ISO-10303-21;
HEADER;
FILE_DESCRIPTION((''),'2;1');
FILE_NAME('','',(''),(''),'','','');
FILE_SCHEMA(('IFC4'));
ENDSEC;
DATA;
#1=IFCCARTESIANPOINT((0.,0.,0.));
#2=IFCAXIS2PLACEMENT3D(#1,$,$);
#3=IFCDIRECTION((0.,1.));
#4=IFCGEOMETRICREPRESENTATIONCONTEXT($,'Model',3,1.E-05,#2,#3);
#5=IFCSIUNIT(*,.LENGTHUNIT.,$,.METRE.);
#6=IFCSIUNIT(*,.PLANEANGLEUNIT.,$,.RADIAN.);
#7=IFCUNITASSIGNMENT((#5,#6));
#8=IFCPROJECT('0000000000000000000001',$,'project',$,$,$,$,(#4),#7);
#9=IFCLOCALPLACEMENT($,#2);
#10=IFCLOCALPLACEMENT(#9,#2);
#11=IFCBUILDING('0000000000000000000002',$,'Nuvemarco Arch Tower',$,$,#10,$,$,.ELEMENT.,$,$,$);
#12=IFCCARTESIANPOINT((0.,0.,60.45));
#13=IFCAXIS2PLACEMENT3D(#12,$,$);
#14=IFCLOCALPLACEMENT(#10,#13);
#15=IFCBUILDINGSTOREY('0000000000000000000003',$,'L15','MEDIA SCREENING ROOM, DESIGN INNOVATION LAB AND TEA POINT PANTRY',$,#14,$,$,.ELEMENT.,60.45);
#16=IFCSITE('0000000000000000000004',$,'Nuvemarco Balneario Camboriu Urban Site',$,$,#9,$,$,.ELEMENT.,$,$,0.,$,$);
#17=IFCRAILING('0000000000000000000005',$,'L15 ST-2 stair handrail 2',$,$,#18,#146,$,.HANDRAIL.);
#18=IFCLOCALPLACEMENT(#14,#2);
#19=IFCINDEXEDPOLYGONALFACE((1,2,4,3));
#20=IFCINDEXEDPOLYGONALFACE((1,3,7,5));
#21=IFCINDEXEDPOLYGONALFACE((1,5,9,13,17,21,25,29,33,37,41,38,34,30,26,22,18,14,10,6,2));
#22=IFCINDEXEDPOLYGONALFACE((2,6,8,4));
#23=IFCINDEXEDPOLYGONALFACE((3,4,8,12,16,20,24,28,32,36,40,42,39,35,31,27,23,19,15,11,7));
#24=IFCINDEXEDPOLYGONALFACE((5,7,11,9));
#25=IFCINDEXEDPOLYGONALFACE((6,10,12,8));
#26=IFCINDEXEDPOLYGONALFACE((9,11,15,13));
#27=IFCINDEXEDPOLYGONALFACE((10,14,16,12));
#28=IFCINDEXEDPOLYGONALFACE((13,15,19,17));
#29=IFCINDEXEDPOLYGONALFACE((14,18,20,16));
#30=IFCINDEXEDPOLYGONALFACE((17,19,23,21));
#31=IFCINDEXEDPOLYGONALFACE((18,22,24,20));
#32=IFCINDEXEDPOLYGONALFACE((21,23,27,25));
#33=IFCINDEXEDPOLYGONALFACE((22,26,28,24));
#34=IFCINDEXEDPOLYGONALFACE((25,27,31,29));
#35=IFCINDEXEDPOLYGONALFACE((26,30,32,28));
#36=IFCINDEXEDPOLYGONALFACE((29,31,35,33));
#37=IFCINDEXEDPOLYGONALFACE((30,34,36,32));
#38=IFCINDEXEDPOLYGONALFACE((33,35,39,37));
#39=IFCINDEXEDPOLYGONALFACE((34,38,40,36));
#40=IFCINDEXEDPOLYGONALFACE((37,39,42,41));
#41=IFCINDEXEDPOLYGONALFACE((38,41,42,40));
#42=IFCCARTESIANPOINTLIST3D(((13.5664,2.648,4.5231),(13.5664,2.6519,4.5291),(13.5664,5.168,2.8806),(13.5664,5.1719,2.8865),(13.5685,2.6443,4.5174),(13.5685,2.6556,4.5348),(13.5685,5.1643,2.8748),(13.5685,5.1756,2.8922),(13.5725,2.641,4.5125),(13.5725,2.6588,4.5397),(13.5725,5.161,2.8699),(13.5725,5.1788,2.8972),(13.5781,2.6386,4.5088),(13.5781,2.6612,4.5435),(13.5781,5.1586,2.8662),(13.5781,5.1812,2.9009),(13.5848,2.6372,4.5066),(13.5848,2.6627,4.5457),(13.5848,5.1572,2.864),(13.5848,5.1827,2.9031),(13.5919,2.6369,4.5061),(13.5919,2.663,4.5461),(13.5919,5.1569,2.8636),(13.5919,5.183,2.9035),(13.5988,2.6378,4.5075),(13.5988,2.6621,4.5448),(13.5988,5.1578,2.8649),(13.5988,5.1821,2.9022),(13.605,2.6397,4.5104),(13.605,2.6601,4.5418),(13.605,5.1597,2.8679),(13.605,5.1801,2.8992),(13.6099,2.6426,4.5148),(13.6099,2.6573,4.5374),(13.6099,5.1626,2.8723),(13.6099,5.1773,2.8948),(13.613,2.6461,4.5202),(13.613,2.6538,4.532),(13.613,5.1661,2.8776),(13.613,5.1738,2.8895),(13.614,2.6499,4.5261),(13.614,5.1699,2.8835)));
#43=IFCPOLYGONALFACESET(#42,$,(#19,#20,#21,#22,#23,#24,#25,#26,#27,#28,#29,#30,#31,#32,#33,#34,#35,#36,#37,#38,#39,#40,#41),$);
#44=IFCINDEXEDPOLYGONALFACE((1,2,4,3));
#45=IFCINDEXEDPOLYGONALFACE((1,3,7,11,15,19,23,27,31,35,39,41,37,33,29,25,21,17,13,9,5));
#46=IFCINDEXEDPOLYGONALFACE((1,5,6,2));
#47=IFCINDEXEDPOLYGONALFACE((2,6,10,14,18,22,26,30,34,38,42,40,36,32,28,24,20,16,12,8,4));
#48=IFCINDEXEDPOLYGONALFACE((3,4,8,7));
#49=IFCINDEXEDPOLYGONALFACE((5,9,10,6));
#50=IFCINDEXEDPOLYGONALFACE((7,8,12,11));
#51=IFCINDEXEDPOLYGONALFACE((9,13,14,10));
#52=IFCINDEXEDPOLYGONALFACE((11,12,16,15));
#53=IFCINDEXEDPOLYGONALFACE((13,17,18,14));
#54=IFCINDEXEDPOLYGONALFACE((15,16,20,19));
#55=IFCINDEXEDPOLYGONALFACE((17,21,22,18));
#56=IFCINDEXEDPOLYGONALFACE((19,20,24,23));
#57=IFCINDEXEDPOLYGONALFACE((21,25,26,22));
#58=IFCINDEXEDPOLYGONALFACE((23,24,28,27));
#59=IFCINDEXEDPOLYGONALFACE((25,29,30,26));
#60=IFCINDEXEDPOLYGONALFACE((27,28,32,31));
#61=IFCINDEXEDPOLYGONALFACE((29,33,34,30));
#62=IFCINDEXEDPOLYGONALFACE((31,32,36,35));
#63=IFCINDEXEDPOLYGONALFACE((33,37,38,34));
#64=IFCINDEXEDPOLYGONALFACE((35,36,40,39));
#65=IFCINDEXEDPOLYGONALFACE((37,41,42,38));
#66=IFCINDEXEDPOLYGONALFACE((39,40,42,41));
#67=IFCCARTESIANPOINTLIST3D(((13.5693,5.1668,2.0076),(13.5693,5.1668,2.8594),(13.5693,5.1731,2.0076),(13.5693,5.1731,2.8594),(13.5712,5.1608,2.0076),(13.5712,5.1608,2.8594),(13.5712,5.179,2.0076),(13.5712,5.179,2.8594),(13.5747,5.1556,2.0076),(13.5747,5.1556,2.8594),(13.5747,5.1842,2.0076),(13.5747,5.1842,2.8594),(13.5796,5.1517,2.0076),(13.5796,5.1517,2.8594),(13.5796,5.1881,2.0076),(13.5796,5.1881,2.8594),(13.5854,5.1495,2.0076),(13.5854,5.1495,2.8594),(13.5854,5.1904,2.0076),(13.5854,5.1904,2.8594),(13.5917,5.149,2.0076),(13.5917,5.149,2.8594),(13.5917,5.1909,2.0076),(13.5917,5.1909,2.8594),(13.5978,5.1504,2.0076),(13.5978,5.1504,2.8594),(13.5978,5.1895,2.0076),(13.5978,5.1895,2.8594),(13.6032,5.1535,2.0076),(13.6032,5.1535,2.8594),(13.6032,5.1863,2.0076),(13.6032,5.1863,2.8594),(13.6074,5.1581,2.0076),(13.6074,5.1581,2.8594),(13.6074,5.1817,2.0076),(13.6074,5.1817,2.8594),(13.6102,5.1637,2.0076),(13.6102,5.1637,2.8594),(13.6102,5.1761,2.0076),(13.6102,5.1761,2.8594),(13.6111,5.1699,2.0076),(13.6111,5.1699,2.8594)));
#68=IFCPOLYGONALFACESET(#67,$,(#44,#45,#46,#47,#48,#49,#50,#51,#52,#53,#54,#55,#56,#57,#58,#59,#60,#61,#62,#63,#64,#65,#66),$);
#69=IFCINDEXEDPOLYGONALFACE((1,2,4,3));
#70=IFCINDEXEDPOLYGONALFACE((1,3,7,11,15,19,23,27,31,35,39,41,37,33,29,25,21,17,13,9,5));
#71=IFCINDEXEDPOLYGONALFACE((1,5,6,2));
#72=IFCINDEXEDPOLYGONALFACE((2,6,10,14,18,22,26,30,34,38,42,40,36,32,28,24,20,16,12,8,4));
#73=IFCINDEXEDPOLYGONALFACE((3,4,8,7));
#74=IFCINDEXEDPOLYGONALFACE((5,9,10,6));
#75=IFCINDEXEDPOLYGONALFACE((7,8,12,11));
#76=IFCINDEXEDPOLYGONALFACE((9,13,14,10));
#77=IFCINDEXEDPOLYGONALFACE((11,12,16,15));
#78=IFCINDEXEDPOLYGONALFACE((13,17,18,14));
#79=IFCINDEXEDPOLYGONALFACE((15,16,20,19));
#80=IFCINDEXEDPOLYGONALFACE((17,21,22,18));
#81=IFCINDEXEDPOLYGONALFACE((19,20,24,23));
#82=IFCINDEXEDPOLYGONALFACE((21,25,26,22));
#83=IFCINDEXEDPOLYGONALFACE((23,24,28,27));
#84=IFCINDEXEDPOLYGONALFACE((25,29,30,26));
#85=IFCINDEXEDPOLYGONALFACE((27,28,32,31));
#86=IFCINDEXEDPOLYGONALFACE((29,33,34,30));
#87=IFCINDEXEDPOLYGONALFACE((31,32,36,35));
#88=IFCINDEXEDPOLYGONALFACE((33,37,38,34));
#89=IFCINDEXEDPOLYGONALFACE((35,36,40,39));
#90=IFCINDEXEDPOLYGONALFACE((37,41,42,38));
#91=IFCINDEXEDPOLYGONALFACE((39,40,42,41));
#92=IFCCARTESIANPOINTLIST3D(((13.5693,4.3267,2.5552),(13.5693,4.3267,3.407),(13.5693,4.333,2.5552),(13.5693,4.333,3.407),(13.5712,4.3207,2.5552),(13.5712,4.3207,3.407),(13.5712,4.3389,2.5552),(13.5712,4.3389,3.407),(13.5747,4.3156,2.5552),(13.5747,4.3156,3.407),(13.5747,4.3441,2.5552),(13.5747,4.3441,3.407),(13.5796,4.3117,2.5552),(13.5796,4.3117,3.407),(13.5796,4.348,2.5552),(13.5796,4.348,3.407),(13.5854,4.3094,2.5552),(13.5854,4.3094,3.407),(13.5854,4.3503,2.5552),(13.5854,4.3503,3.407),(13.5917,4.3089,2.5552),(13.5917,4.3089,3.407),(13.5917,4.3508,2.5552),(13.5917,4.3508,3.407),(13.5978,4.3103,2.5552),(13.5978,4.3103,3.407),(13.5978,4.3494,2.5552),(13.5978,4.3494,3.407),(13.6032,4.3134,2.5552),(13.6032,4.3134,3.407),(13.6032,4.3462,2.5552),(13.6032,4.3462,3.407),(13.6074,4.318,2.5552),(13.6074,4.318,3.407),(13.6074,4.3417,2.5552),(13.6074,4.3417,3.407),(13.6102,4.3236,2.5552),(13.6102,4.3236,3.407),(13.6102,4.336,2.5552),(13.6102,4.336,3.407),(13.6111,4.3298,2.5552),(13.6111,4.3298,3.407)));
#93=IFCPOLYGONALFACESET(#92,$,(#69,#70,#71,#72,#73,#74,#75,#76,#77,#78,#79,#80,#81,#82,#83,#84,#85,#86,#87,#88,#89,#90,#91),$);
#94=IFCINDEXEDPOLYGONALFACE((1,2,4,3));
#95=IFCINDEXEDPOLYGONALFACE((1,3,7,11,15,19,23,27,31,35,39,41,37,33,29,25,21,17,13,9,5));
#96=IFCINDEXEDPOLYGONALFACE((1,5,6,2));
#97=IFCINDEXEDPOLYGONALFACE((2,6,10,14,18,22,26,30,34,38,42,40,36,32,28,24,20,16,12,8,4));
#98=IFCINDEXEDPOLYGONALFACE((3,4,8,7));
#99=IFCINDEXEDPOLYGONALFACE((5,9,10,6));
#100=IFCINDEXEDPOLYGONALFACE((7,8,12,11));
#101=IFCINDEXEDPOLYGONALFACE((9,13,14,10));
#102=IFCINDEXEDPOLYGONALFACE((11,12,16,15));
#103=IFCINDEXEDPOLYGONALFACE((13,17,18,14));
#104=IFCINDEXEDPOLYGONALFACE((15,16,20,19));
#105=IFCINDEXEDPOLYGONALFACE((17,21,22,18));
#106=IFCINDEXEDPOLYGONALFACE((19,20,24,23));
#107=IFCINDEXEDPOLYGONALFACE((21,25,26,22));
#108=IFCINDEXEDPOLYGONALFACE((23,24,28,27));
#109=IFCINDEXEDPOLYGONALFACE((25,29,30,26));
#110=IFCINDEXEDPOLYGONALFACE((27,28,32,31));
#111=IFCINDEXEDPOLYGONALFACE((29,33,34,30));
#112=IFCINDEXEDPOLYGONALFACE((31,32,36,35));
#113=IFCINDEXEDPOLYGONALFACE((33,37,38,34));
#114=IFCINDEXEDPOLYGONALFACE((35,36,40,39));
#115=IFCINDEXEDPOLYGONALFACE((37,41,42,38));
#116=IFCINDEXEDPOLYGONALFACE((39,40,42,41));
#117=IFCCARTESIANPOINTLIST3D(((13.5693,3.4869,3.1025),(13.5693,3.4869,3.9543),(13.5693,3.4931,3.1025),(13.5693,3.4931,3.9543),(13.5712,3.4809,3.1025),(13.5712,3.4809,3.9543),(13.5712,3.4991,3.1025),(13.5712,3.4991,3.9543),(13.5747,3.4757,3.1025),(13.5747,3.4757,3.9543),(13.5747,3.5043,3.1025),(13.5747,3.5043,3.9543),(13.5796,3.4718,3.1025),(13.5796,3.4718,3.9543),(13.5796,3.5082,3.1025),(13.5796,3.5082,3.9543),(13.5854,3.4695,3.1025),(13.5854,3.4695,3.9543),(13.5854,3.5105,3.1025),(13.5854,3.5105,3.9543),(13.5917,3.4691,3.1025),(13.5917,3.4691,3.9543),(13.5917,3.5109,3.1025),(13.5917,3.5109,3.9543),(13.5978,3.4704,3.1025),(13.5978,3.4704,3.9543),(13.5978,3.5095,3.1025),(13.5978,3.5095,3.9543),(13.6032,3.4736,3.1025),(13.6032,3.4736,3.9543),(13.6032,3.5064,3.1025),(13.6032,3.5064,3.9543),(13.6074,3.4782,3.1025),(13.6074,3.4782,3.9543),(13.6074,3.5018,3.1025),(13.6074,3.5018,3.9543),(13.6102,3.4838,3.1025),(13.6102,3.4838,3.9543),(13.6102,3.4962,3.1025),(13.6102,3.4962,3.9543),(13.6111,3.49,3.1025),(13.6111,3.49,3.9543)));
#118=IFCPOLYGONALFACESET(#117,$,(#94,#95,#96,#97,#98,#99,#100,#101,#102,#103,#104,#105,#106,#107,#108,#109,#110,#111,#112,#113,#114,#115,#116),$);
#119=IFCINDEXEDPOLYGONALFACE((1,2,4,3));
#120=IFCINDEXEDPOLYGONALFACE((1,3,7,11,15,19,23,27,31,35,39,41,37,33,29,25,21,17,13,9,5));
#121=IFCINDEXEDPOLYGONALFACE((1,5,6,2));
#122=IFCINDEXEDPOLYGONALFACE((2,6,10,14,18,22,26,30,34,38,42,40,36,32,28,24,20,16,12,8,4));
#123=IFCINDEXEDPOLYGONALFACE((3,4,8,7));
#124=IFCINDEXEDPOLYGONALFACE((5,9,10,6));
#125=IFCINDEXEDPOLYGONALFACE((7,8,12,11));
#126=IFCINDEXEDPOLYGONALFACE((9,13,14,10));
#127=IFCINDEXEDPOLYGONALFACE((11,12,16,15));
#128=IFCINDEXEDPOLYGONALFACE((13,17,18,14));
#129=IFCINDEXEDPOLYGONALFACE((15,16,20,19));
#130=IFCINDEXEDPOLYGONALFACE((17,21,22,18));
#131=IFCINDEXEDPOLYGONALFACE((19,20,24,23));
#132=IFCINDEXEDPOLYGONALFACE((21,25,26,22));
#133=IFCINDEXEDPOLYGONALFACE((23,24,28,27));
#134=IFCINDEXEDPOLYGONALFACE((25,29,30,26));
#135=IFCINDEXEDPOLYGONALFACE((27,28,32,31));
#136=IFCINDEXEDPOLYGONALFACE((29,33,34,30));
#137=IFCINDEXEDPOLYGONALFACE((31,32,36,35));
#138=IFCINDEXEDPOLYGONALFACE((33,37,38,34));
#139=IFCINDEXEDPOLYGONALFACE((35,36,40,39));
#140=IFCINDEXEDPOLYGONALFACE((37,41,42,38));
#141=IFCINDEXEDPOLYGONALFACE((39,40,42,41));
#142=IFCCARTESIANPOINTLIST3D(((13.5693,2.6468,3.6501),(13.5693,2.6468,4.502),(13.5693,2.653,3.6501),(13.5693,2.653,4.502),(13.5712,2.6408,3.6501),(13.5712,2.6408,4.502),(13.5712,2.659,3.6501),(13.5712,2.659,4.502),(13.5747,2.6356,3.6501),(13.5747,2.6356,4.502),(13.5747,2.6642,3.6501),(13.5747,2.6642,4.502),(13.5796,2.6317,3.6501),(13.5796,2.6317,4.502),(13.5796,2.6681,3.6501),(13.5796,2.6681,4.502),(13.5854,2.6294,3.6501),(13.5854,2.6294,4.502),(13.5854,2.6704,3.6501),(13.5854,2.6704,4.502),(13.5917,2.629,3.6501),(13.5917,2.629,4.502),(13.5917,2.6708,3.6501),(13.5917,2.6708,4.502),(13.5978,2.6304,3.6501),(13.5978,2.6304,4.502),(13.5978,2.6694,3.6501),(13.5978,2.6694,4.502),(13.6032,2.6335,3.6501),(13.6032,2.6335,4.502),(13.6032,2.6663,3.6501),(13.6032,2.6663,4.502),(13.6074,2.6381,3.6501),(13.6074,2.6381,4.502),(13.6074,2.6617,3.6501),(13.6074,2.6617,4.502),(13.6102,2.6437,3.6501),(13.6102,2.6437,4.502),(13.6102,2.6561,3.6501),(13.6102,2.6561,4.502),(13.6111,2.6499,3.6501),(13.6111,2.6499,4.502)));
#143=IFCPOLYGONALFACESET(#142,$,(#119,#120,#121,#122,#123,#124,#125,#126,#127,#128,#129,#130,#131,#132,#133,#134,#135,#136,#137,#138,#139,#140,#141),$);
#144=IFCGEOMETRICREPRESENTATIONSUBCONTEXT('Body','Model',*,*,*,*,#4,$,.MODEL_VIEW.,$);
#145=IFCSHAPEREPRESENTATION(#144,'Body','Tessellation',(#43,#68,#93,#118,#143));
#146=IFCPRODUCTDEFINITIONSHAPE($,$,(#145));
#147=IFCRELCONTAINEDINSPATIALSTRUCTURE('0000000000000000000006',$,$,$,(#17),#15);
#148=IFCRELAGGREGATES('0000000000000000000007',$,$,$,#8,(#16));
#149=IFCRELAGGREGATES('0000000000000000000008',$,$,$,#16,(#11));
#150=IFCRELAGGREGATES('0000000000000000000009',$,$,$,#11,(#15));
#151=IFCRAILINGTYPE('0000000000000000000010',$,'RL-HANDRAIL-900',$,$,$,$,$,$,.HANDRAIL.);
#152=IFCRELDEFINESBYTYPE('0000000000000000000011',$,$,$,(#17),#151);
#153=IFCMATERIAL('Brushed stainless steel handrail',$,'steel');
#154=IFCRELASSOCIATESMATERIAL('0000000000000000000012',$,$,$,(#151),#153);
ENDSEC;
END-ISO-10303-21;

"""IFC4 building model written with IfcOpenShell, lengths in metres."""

from ifc_helpers import new_model, si_unit, direction, frame, origin, origin_2d, place, context, subcontext, project, spatial, circle, extrude, material, type_object, element, save


model = new_model("IFC4")

# Units and contexts
model_context = context("Model", 3, precision=1e-05, world=origin(), true_north=direction((0.0, 1.0)))
body_context = subcontext(model_context, "Body", "Model", "MODEL_VIEW")
ifc_project = project(units=[si_unit("LENGTHUNIT", "METRE"), si_unit("PLANEANGLEUNIT", "RADIAN")], contexts=[model_context])

# Site, building, storey
site_placement = place(None, origin())
site = spatial("IfcSite", under=ifc_project, at=site_placement, Name="Nuvemarco Balneario Camboriu Urban Site", CompositionType="ELEMENT", RefElevation=0.0)
building_placement = place(site_placement, origin())
building = spatial("IfcBuilding", under=site, at=building_placement, Name="Nuvemarco Arch Tower", CompositionType="ELEMENT")
storey_placement = place(building_placement, frame((0.0, 0.0, 60.45)))
storey = spatial("IfcBuildingStorey", under=building, at=storey_placement, Name="L15", Description="MEDIA SCREENING ROOM, DESIGN INNOVATION LAB AND TEA POINT PANTRY", CompositionType="ELEMENT", Elevation=60.45)

# Railing
ifc_material_1 = material(Name="Brushed stainless steel handrail", Category="steel")
railing_type_1 = type_object("IfcRailingType", Name="RL-HANDRAIL-900", PredefinedType="HANDRAIL", material=ifc_material_1)
railing_1_placement = place(storey_placement, frame((13.5901, 5.1699, 2.0076)))
element("IfcRailing", 1, at=railing_1_placement, inside=storey, type_object=railing_type_1, Name="L15 ST-2 stair handrail 2", PredefinedType="HANDRAIL", context=body_context, shape_type="SweptSolid", body=[
    extrude(circle(Radius=0.0239, at=origin_2d()), frame((0.0, 0.0, 0.876), z_axis=(0.0, -0.837749, 0.546055), x_axis=(1.0, 0.0, 0.0)), (0.0, 0.0, 1.0), 3.0081),
    extrude(circle(Radius=0.021, at=origin_2d()), origin(), (0.0, 0.0, 1.0), 0.8518),
    extrude(circle(Radius=0.021, at=origin_2d()), frame((0.0, -0.8401, 0.5476)), (0.0, 0.0, 1.0), 0.8518),
    extrude(circle(Radius=0.021, at=origin_2d()), frame((0.0, -1.6799, 1.095)), (0.0, 0.0, 1.0), 0.8518),
    extrude(circle(Radius=0.021, at=origin_2d()), frame((0.0, -2.52, 1.6426)), (0.0, 0.0, 1.0), 0.8518),
])

save(model, "model.ifc")
